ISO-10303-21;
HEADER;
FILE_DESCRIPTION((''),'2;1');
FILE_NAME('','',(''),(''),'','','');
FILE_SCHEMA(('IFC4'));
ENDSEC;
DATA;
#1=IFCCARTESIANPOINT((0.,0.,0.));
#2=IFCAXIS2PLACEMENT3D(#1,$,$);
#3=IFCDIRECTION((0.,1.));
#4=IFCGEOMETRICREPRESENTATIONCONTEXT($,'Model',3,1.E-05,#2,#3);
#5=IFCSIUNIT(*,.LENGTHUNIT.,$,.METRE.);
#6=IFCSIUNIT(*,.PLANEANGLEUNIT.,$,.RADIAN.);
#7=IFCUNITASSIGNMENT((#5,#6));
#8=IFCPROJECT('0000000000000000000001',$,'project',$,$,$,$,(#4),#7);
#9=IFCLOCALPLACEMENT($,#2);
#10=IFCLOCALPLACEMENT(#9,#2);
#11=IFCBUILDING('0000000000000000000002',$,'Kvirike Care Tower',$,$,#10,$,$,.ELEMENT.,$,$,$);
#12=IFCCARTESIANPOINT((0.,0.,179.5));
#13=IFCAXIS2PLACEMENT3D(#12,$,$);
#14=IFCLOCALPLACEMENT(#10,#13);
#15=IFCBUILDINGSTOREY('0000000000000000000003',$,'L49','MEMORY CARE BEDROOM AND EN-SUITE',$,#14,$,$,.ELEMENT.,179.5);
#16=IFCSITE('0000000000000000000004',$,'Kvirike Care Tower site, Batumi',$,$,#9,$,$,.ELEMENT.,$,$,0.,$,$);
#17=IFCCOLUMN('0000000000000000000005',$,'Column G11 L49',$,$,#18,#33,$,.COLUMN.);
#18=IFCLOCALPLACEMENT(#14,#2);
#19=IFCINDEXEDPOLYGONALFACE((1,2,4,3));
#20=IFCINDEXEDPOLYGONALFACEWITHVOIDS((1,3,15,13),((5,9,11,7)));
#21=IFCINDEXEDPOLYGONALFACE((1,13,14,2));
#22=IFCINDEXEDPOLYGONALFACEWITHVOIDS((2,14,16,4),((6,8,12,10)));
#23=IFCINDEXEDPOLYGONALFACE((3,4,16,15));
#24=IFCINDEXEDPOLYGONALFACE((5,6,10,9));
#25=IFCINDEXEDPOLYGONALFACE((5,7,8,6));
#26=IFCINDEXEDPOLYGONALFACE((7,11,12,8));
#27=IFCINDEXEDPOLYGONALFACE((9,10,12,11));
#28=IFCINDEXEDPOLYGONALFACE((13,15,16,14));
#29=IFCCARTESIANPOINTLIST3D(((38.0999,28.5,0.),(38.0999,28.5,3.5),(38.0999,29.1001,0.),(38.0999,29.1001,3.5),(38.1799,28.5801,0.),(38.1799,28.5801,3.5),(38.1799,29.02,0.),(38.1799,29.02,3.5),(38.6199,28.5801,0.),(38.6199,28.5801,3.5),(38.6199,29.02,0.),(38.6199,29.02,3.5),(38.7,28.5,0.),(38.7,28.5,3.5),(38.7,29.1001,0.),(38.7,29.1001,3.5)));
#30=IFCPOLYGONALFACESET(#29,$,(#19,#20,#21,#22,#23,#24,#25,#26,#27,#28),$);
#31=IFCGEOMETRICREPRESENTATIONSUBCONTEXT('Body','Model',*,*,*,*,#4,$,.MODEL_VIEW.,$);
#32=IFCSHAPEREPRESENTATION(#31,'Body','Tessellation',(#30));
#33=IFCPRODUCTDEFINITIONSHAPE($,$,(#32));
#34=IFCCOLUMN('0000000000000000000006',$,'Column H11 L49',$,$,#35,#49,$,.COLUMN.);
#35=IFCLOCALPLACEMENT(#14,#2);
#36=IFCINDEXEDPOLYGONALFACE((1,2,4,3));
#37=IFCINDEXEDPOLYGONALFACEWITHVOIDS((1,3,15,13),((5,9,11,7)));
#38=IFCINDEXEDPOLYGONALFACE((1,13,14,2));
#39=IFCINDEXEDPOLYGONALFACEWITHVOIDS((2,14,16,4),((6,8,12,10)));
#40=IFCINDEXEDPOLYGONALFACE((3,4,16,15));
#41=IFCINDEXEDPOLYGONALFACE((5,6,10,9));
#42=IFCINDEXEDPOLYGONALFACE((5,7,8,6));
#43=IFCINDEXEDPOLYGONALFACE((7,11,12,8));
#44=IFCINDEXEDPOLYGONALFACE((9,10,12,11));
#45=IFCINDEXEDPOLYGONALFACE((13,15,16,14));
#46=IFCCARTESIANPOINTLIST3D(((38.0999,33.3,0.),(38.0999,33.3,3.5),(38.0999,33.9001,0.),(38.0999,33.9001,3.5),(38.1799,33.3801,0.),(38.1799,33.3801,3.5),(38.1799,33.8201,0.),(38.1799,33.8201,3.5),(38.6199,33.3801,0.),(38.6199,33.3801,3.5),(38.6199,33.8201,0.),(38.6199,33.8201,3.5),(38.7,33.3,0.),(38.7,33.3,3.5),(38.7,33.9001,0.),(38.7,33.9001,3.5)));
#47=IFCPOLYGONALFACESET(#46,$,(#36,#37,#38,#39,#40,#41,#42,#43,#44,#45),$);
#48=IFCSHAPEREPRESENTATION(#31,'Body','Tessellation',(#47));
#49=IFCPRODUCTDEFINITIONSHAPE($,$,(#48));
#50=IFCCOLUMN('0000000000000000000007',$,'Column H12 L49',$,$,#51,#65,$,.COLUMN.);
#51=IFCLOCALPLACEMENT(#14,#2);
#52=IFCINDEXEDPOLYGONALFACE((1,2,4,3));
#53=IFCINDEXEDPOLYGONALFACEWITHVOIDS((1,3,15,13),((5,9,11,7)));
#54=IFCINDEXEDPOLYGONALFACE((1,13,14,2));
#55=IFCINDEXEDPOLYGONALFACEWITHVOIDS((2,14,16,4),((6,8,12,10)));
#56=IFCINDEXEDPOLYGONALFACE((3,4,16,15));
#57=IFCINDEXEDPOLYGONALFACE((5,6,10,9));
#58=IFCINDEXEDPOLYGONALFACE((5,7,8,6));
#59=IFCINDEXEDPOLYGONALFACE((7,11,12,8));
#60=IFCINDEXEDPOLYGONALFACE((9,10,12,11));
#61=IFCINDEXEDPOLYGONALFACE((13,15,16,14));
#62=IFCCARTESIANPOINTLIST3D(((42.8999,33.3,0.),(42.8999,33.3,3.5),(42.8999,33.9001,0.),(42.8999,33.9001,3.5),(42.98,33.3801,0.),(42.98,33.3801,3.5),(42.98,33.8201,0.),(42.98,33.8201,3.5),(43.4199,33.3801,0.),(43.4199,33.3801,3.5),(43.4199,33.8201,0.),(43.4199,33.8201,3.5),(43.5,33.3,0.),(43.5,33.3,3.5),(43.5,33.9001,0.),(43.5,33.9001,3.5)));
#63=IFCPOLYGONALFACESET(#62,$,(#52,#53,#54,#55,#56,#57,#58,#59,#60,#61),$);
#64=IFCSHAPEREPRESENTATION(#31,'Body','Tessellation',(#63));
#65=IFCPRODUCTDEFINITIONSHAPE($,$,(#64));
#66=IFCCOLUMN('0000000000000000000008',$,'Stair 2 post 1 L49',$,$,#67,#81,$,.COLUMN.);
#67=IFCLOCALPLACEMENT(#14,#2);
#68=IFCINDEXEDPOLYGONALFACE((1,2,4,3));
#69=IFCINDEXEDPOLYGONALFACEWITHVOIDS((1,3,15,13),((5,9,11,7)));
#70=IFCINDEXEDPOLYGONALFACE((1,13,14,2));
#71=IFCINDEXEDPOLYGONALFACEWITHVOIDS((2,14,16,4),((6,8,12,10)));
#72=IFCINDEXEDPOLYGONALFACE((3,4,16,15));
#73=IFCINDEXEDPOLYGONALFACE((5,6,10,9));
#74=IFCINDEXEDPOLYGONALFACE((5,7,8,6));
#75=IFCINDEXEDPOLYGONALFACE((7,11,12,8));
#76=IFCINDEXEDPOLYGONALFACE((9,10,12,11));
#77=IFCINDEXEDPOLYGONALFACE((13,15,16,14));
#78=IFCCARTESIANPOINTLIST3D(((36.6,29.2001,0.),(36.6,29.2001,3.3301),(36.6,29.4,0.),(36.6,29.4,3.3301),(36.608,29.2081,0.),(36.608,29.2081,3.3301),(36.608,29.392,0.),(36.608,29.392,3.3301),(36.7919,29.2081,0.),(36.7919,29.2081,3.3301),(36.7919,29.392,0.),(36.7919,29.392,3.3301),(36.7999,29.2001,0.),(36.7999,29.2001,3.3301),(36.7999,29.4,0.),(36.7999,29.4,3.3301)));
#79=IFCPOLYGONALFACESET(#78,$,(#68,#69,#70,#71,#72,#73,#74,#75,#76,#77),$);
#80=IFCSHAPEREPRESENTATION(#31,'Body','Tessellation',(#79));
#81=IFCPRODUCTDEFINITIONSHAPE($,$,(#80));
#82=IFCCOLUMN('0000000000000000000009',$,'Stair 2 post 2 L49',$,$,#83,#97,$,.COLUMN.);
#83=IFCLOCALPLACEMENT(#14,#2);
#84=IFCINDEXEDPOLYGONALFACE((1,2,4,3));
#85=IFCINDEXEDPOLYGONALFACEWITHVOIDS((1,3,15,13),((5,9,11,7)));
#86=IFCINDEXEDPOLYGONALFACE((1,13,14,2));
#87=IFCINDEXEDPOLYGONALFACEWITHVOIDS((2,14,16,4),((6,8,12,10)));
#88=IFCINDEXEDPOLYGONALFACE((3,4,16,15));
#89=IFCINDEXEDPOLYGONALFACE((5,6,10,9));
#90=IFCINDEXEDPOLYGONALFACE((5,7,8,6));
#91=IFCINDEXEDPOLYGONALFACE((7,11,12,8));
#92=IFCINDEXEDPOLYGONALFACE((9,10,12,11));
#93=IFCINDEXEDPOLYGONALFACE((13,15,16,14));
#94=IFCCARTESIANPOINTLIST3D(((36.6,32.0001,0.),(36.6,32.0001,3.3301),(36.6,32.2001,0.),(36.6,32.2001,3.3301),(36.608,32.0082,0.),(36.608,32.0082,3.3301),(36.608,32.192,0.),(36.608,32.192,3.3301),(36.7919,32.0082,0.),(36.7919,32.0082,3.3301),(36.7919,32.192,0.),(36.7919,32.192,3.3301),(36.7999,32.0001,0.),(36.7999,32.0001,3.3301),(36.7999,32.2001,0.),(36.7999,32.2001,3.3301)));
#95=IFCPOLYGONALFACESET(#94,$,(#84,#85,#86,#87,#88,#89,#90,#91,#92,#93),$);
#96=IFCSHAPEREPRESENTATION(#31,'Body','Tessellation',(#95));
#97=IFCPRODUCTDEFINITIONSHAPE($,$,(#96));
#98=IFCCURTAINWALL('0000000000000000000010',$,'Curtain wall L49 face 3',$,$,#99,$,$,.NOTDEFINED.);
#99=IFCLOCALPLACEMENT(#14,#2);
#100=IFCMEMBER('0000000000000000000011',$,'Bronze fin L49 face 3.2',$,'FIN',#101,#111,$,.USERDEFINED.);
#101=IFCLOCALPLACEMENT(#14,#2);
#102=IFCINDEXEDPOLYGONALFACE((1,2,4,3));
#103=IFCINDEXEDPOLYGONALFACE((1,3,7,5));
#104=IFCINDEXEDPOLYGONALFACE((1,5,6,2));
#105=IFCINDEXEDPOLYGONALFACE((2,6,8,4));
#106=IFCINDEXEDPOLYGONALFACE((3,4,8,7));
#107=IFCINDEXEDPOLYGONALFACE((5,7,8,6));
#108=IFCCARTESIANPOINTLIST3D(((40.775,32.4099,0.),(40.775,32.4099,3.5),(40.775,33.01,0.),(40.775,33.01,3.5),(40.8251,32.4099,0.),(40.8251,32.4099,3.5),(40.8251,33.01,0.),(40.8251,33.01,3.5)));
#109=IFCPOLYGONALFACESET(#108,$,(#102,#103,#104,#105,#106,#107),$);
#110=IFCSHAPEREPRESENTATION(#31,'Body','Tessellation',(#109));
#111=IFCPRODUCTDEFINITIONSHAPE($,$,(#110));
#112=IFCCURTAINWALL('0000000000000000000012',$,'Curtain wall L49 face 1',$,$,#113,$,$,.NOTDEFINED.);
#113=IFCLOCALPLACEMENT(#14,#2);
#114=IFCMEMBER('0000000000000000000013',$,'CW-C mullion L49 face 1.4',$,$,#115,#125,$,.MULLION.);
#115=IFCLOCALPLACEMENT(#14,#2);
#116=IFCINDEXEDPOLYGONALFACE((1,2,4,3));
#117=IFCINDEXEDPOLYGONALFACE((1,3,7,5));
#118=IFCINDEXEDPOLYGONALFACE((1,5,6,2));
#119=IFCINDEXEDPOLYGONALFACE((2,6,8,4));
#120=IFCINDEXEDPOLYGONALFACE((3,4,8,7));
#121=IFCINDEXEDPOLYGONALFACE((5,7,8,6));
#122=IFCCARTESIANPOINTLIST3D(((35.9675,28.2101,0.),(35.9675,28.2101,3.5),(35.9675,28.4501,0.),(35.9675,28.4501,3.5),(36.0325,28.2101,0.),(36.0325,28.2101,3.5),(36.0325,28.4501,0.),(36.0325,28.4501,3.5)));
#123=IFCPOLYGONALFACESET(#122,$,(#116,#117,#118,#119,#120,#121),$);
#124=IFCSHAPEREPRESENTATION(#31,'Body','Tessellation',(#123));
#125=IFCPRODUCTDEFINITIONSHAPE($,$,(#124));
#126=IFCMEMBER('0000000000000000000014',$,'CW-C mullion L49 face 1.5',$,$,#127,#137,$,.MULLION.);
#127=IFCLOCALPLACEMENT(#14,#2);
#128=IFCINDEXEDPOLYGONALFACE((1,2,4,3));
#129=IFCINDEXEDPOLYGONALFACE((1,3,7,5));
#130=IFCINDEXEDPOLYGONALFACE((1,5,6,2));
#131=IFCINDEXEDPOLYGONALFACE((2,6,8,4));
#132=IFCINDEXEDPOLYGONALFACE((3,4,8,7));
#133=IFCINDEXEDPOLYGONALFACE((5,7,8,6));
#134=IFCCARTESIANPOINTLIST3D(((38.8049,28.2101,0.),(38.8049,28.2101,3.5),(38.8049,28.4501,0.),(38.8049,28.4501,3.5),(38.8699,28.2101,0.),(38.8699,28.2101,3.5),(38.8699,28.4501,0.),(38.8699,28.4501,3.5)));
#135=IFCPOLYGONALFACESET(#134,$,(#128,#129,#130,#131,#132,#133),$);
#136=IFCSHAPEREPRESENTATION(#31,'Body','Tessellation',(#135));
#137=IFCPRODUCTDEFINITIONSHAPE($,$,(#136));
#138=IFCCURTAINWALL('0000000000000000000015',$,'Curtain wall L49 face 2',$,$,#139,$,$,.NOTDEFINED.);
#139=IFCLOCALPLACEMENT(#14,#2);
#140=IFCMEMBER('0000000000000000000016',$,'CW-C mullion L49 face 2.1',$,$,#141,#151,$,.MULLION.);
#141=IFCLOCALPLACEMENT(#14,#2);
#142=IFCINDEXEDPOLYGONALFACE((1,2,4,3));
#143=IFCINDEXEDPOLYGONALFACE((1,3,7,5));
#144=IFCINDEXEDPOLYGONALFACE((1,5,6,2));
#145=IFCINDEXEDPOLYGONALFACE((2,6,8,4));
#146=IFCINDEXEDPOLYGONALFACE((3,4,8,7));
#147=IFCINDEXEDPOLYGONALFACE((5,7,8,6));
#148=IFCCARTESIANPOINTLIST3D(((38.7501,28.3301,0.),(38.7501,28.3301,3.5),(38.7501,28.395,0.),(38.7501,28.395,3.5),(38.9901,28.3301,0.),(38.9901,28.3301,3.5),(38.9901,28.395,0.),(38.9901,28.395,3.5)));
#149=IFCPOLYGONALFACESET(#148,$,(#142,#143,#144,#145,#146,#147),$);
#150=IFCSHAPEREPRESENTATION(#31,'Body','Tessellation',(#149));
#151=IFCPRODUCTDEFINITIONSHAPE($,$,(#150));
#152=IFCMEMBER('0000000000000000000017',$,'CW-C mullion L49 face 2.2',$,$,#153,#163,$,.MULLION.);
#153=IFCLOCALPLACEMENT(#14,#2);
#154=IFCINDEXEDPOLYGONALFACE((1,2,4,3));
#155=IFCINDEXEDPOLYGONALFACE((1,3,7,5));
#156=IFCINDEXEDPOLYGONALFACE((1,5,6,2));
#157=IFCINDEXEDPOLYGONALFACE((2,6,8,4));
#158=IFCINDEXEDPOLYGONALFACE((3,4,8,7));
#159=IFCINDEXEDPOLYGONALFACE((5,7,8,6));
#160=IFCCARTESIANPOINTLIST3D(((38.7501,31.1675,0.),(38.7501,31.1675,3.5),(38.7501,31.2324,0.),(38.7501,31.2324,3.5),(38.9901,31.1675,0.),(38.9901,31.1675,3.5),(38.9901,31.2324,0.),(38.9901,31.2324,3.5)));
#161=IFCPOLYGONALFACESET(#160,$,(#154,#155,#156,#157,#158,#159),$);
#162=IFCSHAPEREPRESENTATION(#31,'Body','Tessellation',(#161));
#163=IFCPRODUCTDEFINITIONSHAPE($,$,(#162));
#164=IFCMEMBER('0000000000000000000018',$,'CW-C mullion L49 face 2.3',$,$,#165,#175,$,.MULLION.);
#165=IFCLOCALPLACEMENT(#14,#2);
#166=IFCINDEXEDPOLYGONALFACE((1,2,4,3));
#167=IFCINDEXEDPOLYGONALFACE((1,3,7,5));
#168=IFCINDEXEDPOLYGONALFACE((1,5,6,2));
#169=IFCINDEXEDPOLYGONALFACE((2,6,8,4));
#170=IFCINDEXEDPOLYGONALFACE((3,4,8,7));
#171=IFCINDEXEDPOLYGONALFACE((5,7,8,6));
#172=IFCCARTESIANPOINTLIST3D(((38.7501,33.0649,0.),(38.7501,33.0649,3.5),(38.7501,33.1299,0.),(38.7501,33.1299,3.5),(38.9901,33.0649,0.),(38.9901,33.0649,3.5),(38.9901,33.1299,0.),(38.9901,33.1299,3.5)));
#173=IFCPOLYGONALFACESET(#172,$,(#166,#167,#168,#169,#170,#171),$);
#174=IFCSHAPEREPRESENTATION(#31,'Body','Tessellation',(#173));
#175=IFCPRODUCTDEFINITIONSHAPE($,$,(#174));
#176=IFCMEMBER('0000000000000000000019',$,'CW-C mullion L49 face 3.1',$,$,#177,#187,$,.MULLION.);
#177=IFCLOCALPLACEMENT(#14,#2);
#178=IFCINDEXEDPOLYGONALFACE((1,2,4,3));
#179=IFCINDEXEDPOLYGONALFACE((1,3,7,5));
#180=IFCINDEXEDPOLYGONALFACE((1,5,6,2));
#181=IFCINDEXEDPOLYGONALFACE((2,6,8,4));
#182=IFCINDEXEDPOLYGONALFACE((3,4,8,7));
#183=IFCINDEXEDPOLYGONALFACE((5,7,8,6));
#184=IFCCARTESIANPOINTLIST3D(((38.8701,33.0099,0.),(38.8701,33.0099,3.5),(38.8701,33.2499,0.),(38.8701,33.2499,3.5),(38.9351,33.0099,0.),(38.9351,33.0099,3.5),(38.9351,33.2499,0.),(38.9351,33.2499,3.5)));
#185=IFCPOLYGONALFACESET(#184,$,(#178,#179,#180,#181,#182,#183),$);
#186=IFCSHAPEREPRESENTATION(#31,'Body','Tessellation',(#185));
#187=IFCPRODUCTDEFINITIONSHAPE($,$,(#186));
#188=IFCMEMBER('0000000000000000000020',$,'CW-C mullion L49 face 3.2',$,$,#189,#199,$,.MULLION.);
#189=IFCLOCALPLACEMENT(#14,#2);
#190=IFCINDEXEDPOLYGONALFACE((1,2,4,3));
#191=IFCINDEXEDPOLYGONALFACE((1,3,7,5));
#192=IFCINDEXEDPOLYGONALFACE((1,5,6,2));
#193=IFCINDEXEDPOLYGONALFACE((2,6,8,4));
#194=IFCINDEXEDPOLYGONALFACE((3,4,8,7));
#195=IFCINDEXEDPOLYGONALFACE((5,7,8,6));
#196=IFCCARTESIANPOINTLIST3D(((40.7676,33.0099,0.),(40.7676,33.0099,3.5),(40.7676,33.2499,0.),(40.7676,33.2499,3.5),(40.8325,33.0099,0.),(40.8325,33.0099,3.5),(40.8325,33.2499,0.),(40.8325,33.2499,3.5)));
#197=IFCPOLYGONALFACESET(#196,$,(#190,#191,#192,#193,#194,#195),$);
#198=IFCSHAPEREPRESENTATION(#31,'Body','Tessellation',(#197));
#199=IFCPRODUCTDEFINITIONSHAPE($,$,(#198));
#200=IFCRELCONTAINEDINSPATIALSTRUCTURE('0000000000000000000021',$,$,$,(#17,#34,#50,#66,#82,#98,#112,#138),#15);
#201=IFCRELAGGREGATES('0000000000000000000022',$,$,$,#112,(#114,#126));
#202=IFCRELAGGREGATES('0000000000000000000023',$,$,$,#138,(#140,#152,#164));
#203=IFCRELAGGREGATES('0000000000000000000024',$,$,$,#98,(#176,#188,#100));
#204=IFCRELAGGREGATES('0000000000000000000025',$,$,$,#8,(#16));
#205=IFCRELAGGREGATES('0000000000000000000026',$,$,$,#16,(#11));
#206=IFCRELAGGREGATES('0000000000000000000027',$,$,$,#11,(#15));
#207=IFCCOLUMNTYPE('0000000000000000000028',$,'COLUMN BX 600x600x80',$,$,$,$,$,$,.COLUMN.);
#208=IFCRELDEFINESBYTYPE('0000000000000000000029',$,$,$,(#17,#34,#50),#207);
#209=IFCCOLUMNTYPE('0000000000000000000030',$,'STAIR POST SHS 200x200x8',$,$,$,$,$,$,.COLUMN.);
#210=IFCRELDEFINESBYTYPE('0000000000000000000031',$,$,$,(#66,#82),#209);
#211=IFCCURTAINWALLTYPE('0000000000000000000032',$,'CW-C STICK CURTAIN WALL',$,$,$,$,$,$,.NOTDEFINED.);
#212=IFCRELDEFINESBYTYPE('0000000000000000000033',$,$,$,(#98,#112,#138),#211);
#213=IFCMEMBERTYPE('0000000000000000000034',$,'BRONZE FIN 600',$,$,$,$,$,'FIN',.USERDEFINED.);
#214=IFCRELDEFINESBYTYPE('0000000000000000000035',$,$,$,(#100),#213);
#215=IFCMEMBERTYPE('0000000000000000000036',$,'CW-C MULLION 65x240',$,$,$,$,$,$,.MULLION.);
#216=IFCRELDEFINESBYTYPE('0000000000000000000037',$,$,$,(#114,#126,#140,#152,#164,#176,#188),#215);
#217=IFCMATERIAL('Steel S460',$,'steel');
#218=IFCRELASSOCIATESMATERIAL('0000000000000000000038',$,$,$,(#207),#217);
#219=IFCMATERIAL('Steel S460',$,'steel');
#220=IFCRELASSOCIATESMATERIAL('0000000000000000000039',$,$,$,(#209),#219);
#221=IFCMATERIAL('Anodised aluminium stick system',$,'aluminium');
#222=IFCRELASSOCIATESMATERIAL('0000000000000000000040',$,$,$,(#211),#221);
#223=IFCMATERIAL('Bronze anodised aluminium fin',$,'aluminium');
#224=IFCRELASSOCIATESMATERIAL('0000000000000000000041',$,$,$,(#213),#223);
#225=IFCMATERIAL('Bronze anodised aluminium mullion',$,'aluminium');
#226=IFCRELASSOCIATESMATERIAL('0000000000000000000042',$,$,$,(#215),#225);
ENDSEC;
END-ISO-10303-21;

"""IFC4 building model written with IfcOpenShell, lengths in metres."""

from ifc_helpers import new_model, si_unit, direction, frame, origin, origin_2d, place, context, subcontext, project, spatial, rectangle, hollow_rectangle, extrude, material, material_profile, profile_set, type_object, element, aggregate, save


model = new_model("IFC4")

# Units and contexts
model_context = context("Model", 3, precision=1e-05, world=origin(), true_north=direction((0.0, 1.0)))
body_context = subcontext(model_context, "Body", "Model", "MODEL_VIEW")
ifc_project = project(units=[si_unit("LENGTHUNIT", "METRE"), si_unit("PLANEANGLEUNIT", "RADIAN")], contexts=[model_context])

# Site, building, storey
site_placement = place(None, origin())
site = spatial("IfcSite", under=ifc_project, at=site_placement, Name="Kvirike Care Tower site, Batumi", CompositionType="ELEMENT", RefElevation=0.0)
building_placement = place(site_placement, origin())
building = spatial("IfcBuilding", under=site, at=building_placement, Name="Kvirike Care Tower", CompositionType="ELEMENT")
storey_placement = place(building_placement, frame((0.0, 0.0, 179.5)))
storey = spatial("IfcBuildingStorey", under=building, at=storey_placement, Name="L49", Description="MEMORY CARE BEDROOM AND EN-SUITE", CompositionType="ELEMENT", Elevation=179.5)

# Columns
ifc_material_1 = material(Name="Steel S460", Category="steel")
ifc_material_profile_1 = material_profile(ifc_material_1, hollow_rectangle(XDim=0.6001, YDim=0.6001, WallThickness=0.0801, at=origin_2d()), Name="BX 600x600x80")
ifc_profile_set_1 = profile_set([ifc_material_profile_1], Name="Steel S460")
column_type_1 = type_object("IfcColumnType", Name="COLUMN BX 600x600x80", PredefinedType="COLUMN", material=ifc_profile_set_1)
for number, where, z_axis, x_axis, name in (
    (1, (38.3999, 28.8, 0.0), (0.0, 0.0, 1.0), (0.0, 1.0, 0.0), "Column G11 L49"),
    (2, (38.3999, 33.6001, 0.0), (0.0, 0.0, 1.0), (0.0, 1.0, 0.0), "Column H11 L49"),
    (3, (43.2, 33.6001, 0.0), (0.0, 0.0, 1.0), (0.0, 1.0, 0.0), "Column H12 L49"),
):
    element("IfcColumn", number, at=place(storey_placement, frame(where, z_axis=z_axis, x_axis=x_axis)), inside=storey, type_object=column_type_1, Name=name, PredefinedType="COLUMN", context=body_context, shape_type="SweptSolid", body=[
        extrude(hollow_rectangle(XDim=0.6001, YDim=0.6001, WallThickness=0.0801, at=origin_2d()), origin(), (0.0, 0.0, 1.0), 3.5),
    ])
ifc_material_2 = material(Name="Steel S460", Category="steel")
ifc_material_profile_2 = material_profile(ifc_material_2, hollow_rectangle(XDim=0.2, YDim=0.2, WallThickness=0.0081, at=origin_2d()), Name="SHS 200x200x8")
ifc_profile_set_2 = profile_set([ifc_material_profile_2], Name="Steel S460")
column_type_2 = type_object("IfcColumnType", Name="STAIR POST SHS 200x200x8", PredefinedType="COLUMN", material=ifc_profile_set_2)
for number, where, z_axis, x_axis, name in (
    (4, (36.7, 29.3, 0.0), (0.0, 0.0, 1.0), (1.0, 0.0, 0.0), "Stair 2 post 1 L49"),
    (5, (36.7, 32.1001, 0.0), (0.0, 0.0, 1.0), (1.0, 0.0, 0.0), "Stair 2 post 2 L49"),
):
    element("IfcColumn", number, at=place(storey_placement, frame(where, z_axis=z_axis, x_axis=x_axis)), inside=storey, type_object=column_type_2, Name=name, PredefinedType="COLUMN", context=body_context, shape_type="SweptSolid", body=[
        extrude(hollow_rectangle(XDim=0.2, YDim=0.2, WallThickness=0.0081, at=origin_2d()), origin(), (0.0, 0.0, 1.0), 3.3301),
    ])

# Curtain wall, member
ifc_material_3 = material(Name="Anodised aluminium stick system", Category="aluminium")
curtain_wall_type = type_object("IfcCurtainWallType", Name="CW-C STICK CURTAIN WALL", PredefinedType="NOTDEFINED", material=ifc_material_3)
curtain_wall_1_placement = place(storey_placement, origin())
curtain_wall_1 = element("IfcCurtainWall", 6, at=curtain_wall_1_placement, inside=storey, type_object=curtain_wall_type, Name="Curtain wall L49 face 3", PredefinedType="NOTDEFINED")
ifc_material_4 = material(Name="Bronze anodised aluminium fin", Category="aluminium")
ifc_material_profile_3 = material_profile(ifc_material_4, rectangle(XDim=0.05, YDim=0.6001, at=origin_2d()), Name="BRONZE FIN 600")
ifc_profile_set_3 = profile_set([ifc_material_profile_3], Name="Bronze anodised aluminium fin")
member_type_1 = type_object("IfcMemberType", Name="BRONZE FIN 600", ElementType="FIN", PredefinedType="USERDEFINED", material=ifc_profile_set_3)
member_1_placement = place(storey_placement, frame((40.8, 32.71, 0.0), z_axis=(0.0, 0.0, 1.0), x_axis=(1.0, 0.0, 0.0)))
member_1 = element("IfcMember", 7, at=member_1_placement, type_object=member_type_1, Name="Bronze fin L49 face 3.2", ObjectType="FIN", PredefinedType="USERDEFINED", context=body_context, shape_type="SweptSolid", body=[
    extrude(rectangle(XDim=0.05, YDim=0.6001, at=origin_2d()), origin(), (0.0, 0.0, 1.0), 3.5),
])

# Curtain walls, members
curtain_wall_2_placement = place(storey_placement, origin())
curtain_wall_2 = element("IfcCurtainWall", 8, at=curtain_wall_2_placement, inside=storey, type_object=curtain_wall_type, Name="Curtain wall L49 face 1", PredefinedType="NOTDEFINED")
ifc_material_5 = material(Name="Bronze anodised aluminium mullion", Category="aluminium")
ifc_material_profile_4 = material_profile(ifc_material_5, rectangle(XDim=0.0649, YDim=0.24, at=origin_2d()), Name="CW-C MULLION 65x240")
ifc_profile_set_4 = profile_set([ifc_material_profile_4], Name="Bronze anodised aluminium mullion")
member_type_2 = type_object("IfcMemberType", Name="CW-C MULLION 65x240", PredefinedType="MULLION", material=ifc_profile_set_4)
member_2_placement = place(storey_placement, frame((36.0, 28.3301, 0.0), z_axis=(0.0, 0.0, 1.0), x_axis=(1.0, 0.0, 0.0)))
member_2 = element("IfcMember", 9, at=member_2_placement, type_object=member_type_2, Name="CW-C mullion L49 face 1.4", PredefinedType="MULLION", context=body_context, shape_type="SweptSolid", body=[
    extrude(rectangle(XDim=0.0649, YDim=0.24, at=origin_2d()), origin(), (0.0, 0.0, 1.0), 3.5),
])
member_3_placement = place(storey_placement, frame((38.8374, 28.3301, 0.0), z_axis=(0.0, 0.0, 1.0), x_axis=(1.0, 0.0, 0.0)))
member_3 = element("IfcMember", 10, at=member_3_placement, type_object=member_type_2, Name="CW-C mullion L49 face 1.5", PredefinedType="MULLION", context=body_context, shape_type="SweptSolid", body=[
    extrude(rectangle(XDim=0.0649, YDim=0.24, at=origin_2d()), origin(), (0.0, 0.0, 1.0), 3.5),
])
curtain_wall_3_placement = place(storey_placement, origin())
curtain_wall_3 = element("IfcCurtainWall", 11, at=curtain_wall_3_placement, inside=storey, type_object=curtain_wall_type, Name="Curtain wall L49 face 2", PredefinedType="NOTDEFINED")
member_4_placement = place(storey_placement, frame((38.8701, 28.3625, 0.0), z_axis=(0.0, 0.0, 1.0), x_axis=(0.0, 1.0, 0.0)))
member_4 = element("IfcMember", 12, at=member_4_placement, type_object=member_type_2, Name="CW-C mullion L49 face 2.1", PredefinedType="MULLION", context=body_context, shape_type="SweptSolid", body=[
    extrude(rectangle(XDim=0.0649, YDim=0.24, at=origin_2d()), origin(), (0.0, 0.0, 1.0), 3.5),
])
member_5_placement = place(storey_placement, frame((38.8701, 31.2, 0.0), z_axis=(0.0, 0.0, 1.0), x_axis=(0.0, 1.0, 0.0)))
member_5 = element("IfcMember", 13, at=member_5_placement, type_object=member_type_2, Name="CW-C mullion L49 face 2.2", PredefinedType="MULLION", context=body_context, shape_type="SweptSolid", body=[
    extrude(rectangle(XDim=0.0649, YDim=0.24, at=origin_2d()), origin(), (0.0, 0.0, 1.0), 3.5),
])
member_6_placement = place(storey_placement, frame((38.8701, 33.0974, 0.0), z_axis=(0.0, 0.0, 1.0), x_axis=(0.0, 1.0, 0.0)))
member_6 = element("IfcMember", 14, at=member_6_placement, type_object=member_type_2, Name="CW-C mullion L49 face 2.3", PredefinedType="MULLION", context=body_context, shape_type="SweptSolid", body=[
    extrude(rectangle(XDim=0.0649, YDim=0.24, at=origin_2d()), origin(), (0.0, 0.0, 1.0), 3.5),
])

# Members
member_7_placement = place(storey_placement, frame((38.9026, 33.1299, 0.0), z_axis=(0.0, 0.0, 1.0), x_axis=(1.0, 0.0, 0.0)))
member_7 = element("IfcMember", 15, at=member_7_placement, type_object=member_type_2, Name="CW-C mullion L49 face 3.1", PredefinedType="MULLION", context=body_context, shape_type="SweptSolid", body=[
    extrude(rectangle(XDim=0.0649, YDim=0.24, at=origin_2d()), origin(), (0.0, 0.0, 1.0), 3.5),
])
member_8_placement = place(storey_placement, frame((40.8, 33.1299, 0.0), z_axis=(0.0, 0.0, 1.0), x_axis=(1.0, 0.0, 0.0)))
member_8 = element("IfcMember", 16, at=member_8_placement, type_object=member_type_2, Name="CW-C mullion L49 face 3.2", PredefinedType="MULLION", context=body_context, shape_type="SweptSolid", body=[
    extrude(rectangle(XDim=0.0649, YDim=0.24, at=origin_2d()), origin(), (0.0, 0.0, 1.0), 3.5),
])

aggregate(curtain_wall_2, [member_2, member_3])
aggregate(curtain_wall_3, [member_4, member_5, member_6])
aggregate(curtain_wall_1, [member_7, member_8, member_1])

save(model, "model.ifc")
